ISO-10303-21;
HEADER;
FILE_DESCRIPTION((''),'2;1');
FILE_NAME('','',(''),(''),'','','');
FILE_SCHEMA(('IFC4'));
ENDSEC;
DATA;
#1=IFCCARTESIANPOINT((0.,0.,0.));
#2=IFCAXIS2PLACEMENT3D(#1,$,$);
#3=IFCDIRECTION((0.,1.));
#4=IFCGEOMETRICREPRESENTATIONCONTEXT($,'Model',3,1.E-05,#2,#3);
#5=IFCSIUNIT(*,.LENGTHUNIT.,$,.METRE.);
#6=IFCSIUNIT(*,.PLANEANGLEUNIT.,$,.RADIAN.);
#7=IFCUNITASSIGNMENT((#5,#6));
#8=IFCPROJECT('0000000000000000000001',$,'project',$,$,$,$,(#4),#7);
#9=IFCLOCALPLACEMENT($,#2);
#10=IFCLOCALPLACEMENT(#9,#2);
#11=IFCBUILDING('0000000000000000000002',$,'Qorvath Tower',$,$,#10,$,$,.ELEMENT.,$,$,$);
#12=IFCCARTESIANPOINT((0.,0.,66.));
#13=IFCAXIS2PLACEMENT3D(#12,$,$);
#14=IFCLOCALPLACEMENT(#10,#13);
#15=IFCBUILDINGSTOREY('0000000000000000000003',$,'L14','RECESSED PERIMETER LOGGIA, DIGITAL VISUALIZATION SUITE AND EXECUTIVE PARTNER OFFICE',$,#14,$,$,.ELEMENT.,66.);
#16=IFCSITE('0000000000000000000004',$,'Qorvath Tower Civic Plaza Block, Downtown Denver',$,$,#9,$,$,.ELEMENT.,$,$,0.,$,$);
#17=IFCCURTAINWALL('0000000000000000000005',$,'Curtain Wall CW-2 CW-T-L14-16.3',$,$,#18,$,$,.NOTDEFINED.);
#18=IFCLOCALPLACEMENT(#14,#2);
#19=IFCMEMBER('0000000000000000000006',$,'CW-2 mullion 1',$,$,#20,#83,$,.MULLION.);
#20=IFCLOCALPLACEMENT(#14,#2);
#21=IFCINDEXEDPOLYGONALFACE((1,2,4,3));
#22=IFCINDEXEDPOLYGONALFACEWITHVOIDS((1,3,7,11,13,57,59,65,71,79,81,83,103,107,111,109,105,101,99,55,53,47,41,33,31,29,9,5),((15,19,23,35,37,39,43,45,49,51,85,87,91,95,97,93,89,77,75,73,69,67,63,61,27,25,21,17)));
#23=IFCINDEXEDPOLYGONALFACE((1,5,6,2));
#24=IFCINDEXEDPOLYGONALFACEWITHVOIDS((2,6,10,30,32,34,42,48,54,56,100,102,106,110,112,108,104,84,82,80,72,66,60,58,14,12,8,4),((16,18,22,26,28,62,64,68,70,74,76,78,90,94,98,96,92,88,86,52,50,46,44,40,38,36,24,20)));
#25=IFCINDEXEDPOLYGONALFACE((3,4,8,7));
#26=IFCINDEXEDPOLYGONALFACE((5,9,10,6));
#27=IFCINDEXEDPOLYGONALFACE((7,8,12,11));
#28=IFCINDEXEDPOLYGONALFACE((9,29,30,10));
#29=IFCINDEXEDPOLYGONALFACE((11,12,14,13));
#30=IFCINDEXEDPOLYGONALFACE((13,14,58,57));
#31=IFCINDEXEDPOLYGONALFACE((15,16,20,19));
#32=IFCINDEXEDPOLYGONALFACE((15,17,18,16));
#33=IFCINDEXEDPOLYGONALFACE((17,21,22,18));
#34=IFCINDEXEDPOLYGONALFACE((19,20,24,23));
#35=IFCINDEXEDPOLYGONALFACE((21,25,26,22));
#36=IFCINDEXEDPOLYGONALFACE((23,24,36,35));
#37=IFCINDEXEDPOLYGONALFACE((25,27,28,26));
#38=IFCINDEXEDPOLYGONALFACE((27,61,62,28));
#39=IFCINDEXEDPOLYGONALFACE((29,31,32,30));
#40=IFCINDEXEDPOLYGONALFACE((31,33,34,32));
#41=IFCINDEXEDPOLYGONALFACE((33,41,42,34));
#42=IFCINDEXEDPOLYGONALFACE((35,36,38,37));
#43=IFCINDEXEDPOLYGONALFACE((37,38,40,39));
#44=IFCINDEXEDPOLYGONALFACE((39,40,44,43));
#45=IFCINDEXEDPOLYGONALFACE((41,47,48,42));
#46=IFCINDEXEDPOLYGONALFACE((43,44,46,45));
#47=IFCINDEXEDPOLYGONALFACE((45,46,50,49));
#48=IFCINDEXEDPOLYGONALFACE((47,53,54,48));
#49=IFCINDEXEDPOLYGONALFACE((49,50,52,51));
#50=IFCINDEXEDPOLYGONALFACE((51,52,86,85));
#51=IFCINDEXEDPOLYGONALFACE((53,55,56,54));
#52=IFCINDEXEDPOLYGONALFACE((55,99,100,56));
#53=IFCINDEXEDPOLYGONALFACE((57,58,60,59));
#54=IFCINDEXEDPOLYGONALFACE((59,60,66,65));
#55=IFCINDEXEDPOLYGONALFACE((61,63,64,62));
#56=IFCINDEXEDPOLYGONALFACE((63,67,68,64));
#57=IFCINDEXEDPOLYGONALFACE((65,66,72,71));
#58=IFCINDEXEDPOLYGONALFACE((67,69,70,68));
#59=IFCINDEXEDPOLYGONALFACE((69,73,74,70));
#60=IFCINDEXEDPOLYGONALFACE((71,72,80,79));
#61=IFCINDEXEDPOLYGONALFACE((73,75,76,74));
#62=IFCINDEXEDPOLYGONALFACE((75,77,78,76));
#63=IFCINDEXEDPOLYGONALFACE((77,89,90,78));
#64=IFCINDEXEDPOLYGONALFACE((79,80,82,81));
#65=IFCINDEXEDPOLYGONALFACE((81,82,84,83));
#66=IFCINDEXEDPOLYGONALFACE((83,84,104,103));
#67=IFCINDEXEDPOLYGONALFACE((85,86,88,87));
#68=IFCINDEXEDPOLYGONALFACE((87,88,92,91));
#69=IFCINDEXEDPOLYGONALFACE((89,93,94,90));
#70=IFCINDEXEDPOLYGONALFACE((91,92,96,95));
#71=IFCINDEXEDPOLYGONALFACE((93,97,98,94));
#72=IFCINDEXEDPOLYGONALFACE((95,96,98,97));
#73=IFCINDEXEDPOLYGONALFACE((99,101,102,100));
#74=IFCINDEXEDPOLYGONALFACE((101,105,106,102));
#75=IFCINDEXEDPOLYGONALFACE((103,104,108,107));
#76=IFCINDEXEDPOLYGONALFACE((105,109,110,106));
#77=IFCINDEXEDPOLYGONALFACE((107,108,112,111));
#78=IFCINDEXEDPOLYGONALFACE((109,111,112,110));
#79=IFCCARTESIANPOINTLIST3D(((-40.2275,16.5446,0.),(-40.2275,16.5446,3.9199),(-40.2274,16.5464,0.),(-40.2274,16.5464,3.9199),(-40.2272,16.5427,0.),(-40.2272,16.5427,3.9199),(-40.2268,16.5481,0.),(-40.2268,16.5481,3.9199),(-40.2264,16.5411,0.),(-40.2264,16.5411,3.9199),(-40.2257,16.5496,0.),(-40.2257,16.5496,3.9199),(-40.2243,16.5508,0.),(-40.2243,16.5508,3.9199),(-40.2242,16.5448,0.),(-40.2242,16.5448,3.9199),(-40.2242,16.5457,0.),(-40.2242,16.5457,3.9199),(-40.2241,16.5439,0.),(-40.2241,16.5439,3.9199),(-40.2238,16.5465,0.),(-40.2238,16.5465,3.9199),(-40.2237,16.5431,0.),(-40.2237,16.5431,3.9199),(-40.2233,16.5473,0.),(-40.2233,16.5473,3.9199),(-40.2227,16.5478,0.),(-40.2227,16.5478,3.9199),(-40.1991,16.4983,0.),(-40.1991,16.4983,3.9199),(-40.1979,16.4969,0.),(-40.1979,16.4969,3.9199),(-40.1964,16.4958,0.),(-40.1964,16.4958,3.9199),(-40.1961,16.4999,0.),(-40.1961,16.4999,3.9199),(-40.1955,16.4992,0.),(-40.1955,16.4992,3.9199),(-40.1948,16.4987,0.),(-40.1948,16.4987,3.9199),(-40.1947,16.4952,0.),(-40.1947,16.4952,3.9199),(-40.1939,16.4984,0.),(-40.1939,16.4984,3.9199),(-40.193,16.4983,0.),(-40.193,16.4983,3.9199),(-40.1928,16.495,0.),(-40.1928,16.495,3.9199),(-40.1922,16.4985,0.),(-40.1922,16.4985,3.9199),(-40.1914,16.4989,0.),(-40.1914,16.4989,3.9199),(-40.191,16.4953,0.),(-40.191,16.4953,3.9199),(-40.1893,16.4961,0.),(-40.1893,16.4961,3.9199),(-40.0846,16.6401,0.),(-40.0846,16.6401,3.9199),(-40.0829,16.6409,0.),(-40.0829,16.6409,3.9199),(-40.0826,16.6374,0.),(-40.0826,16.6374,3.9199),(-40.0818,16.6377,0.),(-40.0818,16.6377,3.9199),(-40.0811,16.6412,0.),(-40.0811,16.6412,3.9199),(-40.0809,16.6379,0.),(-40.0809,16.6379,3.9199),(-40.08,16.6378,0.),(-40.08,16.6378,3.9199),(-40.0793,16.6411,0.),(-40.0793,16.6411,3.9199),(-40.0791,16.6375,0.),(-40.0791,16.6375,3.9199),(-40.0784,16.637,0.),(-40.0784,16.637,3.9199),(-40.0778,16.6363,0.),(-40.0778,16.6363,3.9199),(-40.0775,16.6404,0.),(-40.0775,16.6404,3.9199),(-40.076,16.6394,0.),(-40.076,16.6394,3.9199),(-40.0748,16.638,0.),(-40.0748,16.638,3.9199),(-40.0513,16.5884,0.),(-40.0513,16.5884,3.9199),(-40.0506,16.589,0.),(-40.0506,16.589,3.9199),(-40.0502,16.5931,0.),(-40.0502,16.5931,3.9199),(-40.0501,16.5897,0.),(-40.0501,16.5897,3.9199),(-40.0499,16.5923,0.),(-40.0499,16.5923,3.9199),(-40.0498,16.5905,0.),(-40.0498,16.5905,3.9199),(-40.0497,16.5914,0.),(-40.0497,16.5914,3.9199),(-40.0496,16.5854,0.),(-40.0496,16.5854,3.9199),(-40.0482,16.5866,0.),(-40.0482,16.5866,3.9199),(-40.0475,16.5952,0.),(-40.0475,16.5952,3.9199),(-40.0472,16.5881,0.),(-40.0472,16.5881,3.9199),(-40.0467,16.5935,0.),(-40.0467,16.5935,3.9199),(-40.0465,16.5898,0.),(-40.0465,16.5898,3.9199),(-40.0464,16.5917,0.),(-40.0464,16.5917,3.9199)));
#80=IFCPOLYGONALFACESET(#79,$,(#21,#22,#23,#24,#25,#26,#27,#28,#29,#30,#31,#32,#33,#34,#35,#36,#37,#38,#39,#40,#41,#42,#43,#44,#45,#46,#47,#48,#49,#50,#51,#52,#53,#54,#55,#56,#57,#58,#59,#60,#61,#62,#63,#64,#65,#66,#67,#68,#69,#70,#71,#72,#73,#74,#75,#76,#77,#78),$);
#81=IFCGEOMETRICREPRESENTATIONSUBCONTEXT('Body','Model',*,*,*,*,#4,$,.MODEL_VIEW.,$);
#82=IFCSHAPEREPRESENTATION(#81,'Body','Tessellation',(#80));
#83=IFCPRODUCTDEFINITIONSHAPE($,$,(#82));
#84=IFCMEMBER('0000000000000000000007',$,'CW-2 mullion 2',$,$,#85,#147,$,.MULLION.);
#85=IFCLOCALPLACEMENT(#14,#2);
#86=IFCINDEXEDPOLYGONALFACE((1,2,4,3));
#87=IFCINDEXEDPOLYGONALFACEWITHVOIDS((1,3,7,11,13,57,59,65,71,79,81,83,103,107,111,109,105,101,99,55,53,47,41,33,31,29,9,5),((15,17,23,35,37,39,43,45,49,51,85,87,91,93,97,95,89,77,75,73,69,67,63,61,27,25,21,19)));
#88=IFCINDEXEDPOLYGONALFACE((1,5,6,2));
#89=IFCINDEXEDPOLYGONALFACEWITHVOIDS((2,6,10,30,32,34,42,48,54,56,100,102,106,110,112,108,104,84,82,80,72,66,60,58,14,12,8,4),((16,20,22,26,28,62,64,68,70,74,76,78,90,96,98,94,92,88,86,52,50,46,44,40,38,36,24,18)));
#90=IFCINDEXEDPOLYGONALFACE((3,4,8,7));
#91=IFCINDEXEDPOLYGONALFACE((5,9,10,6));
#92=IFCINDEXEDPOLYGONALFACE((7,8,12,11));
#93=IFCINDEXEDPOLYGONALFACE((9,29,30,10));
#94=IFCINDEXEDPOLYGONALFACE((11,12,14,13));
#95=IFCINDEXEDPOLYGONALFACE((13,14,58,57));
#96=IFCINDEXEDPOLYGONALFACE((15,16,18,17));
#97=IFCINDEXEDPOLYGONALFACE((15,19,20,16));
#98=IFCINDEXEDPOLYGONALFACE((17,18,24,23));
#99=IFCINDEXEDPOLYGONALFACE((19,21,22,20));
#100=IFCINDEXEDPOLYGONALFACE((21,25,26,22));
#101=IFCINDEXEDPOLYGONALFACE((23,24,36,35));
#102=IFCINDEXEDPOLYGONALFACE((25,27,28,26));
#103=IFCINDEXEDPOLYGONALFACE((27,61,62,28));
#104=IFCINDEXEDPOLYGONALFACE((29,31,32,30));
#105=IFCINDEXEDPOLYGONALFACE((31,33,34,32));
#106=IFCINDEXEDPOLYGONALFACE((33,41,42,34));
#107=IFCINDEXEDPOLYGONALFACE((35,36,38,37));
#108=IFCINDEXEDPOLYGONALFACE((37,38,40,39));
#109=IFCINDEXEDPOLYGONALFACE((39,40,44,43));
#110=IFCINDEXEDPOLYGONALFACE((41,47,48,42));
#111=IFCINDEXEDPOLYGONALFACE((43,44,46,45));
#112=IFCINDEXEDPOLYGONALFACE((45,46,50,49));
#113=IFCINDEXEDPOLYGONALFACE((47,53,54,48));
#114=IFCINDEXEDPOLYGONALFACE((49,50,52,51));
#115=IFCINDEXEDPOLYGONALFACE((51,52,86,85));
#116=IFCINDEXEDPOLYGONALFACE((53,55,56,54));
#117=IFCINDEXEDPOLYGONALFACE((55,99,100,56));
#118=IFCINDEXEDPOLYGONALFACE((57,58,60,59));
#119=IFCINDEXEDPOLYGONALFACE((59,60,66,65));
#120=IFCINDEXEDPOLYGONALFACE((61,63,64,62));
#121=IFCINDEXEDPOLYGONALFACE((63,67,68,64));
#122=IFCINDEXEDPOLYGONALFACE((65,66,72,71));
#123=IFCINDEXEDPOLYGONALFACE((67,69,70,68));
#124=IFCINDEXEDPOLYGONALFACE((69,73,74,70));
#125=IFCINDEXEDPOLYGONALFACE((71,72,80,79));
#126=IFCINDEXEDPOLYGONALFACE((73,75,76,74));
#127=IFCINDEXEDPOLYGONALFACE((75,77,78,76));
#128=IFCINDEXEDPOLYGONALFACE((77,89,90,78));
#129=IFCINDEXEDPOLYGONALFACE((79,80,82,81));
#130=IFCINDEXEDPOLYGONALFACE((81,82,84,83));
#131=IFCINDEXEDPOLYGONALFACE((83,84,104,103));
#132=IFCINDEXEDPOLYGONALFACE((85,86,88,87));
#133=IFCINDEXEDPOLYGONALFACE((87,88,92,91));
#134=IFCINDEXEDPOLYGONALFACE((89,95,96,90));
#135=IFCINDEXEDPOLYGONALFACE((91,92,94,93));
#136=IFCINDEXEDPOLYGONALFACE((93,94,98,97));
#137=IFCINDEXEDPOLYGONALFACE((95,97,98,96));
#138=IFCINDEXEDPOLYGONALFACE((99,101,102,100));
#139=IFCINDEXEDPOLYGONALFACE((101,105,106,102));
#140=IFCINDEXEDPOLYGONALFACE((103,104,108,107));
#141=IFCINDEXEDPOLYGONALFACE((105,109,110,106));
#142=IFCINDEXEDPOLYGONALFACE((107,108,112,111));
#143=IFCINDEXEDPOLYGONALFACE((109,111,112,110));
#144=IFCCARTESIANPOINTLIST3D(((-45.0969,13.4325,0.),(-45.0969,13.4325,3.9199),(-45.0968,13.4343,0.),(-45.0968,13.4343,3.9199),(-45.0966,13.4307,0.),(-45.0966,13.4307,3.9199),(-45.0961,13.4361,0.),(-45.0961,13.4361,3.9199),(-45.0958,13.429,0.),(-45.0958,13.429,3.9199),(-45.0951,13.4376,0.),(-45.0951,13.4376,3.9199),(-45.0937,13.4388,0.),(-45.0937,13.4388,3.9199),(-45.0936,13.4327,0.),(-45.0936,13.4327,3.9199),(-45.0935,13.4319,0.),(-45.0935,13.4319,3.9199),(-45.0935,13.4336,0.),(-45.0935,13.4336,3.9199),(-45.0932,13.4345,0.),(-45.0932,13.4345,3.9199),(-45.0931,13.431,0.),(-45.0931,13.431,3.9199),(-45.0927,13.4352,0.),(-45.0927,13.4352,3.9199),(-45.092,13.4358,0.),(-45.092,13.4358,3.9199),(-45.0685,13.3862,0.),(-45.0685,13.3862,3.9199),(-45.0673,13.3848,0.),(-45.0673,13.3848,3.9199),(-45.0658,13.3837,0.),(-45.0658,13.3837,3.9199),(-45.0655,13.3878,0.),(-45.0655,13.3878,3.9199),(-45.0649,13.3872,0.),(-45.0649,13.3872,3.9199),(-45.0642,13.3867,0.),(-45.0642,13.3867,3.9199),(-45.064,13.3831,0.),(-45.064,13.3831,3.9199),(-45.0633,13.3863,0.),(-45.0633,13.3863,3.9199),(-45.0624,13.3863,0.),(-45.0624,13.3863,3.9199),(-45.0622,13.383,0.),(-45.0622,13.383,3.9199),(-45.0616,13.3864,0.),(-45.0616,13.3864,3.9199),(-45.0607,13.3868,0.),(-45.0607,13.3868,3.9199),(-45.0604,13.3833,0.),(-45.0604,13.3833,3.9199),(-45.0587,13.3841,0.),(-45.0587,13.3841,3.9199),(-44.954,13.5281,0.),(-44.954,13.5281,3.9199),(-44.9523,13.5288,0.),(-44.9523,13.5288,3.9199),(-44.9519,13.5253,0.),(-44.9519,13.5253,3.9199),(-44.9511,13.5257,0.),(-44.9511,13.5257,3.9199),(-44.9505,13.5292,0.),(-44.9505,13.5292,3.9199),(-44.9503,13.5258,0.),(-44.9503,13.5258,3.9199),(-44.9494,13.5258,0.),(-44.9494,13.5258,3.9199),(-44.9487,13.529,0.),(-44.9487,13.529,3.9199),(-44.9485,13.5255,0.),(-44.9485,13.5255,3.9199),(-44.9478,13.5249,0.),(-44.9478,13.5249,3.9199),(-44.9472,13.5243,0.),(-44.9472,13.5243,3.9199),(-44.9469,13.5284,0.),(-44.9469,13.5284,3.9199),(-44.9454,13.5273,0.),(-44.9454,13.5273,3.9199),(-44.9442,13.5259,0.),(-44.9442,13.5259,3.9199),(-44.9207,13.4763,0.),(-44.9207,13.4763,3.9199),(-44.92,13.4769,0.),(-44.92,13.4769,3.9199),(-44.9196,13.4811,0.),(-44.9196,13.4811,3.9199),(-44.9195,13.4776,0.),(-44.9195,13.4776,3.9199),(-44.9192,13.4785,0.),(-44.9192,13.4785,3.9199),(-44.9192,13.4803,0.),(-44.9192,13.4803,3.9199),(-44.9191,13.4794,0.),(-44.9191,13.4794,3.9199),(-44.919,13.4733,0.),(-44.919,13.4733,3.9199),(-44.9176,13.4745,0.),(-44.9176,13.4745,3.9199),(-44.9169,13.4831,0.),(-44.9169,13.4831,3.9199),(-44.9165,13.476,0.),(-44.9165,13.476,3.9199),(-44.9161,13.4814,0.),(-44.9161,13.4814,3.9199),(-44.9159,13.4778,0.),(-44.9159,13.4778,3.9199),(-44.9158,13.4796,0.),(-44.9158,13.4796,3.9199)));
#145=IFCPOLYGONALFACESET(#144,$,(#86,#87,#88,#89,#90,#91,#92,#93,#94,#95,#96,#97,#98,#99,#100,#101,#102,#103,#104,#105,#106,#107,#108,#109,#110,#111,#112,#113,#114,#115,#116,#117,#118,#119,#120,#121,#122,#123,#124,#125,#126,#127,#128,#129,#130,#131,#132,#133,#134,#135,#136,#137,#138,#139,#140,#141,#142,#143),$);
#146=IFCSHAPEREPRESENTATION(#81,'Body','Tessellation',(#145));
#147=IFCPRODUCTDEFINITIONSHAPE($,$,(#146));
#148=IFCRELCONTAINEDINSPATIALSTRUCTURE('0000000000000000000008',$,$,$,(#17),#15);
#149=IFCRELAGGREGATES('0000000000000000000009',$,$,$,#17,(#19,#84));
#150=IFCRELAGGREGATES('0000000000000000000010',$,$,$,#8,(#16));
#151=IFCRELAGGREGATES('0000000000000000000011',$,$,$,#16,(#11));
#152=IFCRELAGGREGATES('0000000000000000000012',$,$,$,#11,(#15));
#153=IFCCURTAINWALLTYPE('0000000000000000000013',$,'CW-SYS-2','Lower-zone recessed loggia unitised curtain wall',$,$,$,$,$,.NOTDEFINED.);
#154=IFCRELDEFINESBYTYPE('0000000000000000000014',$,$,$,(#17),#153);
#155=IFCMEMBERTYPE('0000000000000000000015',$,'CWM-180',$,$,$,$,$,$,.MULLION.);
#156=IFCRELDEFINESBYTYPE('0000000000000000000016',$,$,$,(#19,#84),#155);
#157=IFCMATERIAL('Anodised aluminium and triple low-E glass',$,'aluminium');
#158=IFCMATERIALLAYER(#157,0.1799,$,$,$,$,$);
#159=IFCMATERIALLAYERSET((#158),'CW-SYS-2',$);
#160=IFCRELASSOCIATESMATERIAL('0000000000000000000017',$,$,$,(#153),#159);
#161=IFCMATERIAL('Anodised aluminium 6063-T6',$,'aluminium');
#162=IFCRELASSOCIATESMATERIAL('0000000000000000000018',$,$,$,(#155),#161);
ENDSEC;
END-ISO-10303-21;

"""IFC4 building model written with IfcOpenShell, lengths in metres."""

from ifc_helpers import new_model, si_unit, direction, frame, origin, origin_2d, place, context, subcontext, project, spatial, hollow_rectangle, extrude, material, layer, layer_set, material_profile, profile_set, type_object, element, aggregate, save


model = new_model("IFC4")

# Units and contexts
model_context = context("Model", 3, precision=1e-05, world=origin(), true_north=direction((0.0, 1.0)))
body_context = subcontext(model_context, "Body", "Model", "MODEL_VIEW")
ifc_project = project(units=[si_unit("LENGTHUNIT", "METRE"), si_unit("PLANEANGLEUNIT", "RADIAN")], contexts=[model_context])

# Site, building, storey
site_placement = place(None, origin())
site = spatial("IfcSite", under=ifc_project, at=site_placement, Name="Qorvath Tower Civic Plaza Block, Downtown Denver", CompositionType="ELEMENT", RefElevation=0.0)
building_placement = place(site_placement, origin())
building = spatial("IfcBuilding", under=site, at=building_placement, Name="Qorvath Tower", CompositionType="ELEMENT")
storey_placement = place(building_placement, frame((0.0, 0.0, 66.0)))
storey = spatial("IfcBuildingStorey", under=building, at=storey_placement, Name="L14", Description="RECESSED PERIMETER LOGGIA, DIGITAL VISUALIZATION SUITE AND EXECUTIVE PARTNER OFFICE", CompositionType="ELEMENT", Elevation=66.0)

# Shared definitions
ifc_material_1 = material(Name="Anodised aluminium and triple low-E glass", Category="aluminium")
ifc_layer_1 = layer(ifc_material_1, 0.1799)
ifc_layer_set_1 = layer_set([ifc_layer_1], Name="CW-SYS-2")
curtain_wall_type = type_object("IfcCurtainWallType", Name="CW-SYS-2", Description="Lower-zone recessed loggia unitised curtain wall", PredefinedType="NOTDEFINED", material=ifc_layer_set_1)
ifc_material_2 = material(Name="Anodised aluminium 6063-T6", Category="aluminium")
ifc_material_profile_1 = material_profile(ifc_material_2, hollow_rectangle(XDim=0.0649, YDim=0.1799, WallThickness=0.0034, InnerFilletRadius=0.0034, OuterFilletRadius=0.0071, at=origin_2d()), Name="CWM 180x65")
ifc_profile_set_1 = profile_set([ifc_material_profile_1], Name="Anodised aluminium 6063-T6")
member_type_1 = type_object("IfcMemberType", Name="CWM-180", PredefinedType="MULLION", material=ifc_profile_set_1)

# Curtain wall, members
curtain_wall_1_placement = place(storey_placement, origin())
curtain_wall_1 = element("IfcCurtainWall", 1, at=curtain_wall_1_placement, inside=storey, type_object=curtain_wall_type, Name="Curtain Wall CW-2 CW-T-L14-16.3", PredefinedType="NOTDEFINED")
member_1_placement = place(storey_placement, frame((-40.137, 16.5681, 0.0), z_axis=(0.0, 0.0, 1.0), x_axis=(0.538531, -0.842606, 0.0)))
member_1 = element("IfcMember", 2, at=member_1_placement, type_object=member_type_1, Name="CW-2 mullion 1", PredefinedType="MULLION", context=body_context, shape_type="SweptSolid", body=[
    extrude(hollow_rectangle(XDim=0.0649, YDim=0.1799, WallThickness=0.0034, InnerFilletRadius=0.0034, OuterFilletRadius=0.0071, at=origin_2d()), origin(), (0.0, 0.0, 1.0), 3.9199),
])
member_2_placement = place(storey_placement, frame((-45.0063, 13.4561, 0.0), z_axis=(0.0, 0.0, 1.0), x_axis=(0.538531, -0.842606, 0.0)))
member_2 = element("IfcMember", 3, at=member_2_placement, type_object=member_type_1, Name="CW-2 mullion 2", PredefinedType="MULLION", context=body_context, shape_type="SweptSolid", body=[
    extrude(hollow_rectangle(XDim=0.0649, YDim=0.1799, WallThickness=0.0034, InnerFilletRadius=0.0034, OuterFilletRadius=0.0071, at=origin_2d()), origin(), (0.0, 0.0, 1.0), 3.9199),
])
aggregate(curtain_wall_1, [member_1, member_2])

save(model, "model.ifc")
